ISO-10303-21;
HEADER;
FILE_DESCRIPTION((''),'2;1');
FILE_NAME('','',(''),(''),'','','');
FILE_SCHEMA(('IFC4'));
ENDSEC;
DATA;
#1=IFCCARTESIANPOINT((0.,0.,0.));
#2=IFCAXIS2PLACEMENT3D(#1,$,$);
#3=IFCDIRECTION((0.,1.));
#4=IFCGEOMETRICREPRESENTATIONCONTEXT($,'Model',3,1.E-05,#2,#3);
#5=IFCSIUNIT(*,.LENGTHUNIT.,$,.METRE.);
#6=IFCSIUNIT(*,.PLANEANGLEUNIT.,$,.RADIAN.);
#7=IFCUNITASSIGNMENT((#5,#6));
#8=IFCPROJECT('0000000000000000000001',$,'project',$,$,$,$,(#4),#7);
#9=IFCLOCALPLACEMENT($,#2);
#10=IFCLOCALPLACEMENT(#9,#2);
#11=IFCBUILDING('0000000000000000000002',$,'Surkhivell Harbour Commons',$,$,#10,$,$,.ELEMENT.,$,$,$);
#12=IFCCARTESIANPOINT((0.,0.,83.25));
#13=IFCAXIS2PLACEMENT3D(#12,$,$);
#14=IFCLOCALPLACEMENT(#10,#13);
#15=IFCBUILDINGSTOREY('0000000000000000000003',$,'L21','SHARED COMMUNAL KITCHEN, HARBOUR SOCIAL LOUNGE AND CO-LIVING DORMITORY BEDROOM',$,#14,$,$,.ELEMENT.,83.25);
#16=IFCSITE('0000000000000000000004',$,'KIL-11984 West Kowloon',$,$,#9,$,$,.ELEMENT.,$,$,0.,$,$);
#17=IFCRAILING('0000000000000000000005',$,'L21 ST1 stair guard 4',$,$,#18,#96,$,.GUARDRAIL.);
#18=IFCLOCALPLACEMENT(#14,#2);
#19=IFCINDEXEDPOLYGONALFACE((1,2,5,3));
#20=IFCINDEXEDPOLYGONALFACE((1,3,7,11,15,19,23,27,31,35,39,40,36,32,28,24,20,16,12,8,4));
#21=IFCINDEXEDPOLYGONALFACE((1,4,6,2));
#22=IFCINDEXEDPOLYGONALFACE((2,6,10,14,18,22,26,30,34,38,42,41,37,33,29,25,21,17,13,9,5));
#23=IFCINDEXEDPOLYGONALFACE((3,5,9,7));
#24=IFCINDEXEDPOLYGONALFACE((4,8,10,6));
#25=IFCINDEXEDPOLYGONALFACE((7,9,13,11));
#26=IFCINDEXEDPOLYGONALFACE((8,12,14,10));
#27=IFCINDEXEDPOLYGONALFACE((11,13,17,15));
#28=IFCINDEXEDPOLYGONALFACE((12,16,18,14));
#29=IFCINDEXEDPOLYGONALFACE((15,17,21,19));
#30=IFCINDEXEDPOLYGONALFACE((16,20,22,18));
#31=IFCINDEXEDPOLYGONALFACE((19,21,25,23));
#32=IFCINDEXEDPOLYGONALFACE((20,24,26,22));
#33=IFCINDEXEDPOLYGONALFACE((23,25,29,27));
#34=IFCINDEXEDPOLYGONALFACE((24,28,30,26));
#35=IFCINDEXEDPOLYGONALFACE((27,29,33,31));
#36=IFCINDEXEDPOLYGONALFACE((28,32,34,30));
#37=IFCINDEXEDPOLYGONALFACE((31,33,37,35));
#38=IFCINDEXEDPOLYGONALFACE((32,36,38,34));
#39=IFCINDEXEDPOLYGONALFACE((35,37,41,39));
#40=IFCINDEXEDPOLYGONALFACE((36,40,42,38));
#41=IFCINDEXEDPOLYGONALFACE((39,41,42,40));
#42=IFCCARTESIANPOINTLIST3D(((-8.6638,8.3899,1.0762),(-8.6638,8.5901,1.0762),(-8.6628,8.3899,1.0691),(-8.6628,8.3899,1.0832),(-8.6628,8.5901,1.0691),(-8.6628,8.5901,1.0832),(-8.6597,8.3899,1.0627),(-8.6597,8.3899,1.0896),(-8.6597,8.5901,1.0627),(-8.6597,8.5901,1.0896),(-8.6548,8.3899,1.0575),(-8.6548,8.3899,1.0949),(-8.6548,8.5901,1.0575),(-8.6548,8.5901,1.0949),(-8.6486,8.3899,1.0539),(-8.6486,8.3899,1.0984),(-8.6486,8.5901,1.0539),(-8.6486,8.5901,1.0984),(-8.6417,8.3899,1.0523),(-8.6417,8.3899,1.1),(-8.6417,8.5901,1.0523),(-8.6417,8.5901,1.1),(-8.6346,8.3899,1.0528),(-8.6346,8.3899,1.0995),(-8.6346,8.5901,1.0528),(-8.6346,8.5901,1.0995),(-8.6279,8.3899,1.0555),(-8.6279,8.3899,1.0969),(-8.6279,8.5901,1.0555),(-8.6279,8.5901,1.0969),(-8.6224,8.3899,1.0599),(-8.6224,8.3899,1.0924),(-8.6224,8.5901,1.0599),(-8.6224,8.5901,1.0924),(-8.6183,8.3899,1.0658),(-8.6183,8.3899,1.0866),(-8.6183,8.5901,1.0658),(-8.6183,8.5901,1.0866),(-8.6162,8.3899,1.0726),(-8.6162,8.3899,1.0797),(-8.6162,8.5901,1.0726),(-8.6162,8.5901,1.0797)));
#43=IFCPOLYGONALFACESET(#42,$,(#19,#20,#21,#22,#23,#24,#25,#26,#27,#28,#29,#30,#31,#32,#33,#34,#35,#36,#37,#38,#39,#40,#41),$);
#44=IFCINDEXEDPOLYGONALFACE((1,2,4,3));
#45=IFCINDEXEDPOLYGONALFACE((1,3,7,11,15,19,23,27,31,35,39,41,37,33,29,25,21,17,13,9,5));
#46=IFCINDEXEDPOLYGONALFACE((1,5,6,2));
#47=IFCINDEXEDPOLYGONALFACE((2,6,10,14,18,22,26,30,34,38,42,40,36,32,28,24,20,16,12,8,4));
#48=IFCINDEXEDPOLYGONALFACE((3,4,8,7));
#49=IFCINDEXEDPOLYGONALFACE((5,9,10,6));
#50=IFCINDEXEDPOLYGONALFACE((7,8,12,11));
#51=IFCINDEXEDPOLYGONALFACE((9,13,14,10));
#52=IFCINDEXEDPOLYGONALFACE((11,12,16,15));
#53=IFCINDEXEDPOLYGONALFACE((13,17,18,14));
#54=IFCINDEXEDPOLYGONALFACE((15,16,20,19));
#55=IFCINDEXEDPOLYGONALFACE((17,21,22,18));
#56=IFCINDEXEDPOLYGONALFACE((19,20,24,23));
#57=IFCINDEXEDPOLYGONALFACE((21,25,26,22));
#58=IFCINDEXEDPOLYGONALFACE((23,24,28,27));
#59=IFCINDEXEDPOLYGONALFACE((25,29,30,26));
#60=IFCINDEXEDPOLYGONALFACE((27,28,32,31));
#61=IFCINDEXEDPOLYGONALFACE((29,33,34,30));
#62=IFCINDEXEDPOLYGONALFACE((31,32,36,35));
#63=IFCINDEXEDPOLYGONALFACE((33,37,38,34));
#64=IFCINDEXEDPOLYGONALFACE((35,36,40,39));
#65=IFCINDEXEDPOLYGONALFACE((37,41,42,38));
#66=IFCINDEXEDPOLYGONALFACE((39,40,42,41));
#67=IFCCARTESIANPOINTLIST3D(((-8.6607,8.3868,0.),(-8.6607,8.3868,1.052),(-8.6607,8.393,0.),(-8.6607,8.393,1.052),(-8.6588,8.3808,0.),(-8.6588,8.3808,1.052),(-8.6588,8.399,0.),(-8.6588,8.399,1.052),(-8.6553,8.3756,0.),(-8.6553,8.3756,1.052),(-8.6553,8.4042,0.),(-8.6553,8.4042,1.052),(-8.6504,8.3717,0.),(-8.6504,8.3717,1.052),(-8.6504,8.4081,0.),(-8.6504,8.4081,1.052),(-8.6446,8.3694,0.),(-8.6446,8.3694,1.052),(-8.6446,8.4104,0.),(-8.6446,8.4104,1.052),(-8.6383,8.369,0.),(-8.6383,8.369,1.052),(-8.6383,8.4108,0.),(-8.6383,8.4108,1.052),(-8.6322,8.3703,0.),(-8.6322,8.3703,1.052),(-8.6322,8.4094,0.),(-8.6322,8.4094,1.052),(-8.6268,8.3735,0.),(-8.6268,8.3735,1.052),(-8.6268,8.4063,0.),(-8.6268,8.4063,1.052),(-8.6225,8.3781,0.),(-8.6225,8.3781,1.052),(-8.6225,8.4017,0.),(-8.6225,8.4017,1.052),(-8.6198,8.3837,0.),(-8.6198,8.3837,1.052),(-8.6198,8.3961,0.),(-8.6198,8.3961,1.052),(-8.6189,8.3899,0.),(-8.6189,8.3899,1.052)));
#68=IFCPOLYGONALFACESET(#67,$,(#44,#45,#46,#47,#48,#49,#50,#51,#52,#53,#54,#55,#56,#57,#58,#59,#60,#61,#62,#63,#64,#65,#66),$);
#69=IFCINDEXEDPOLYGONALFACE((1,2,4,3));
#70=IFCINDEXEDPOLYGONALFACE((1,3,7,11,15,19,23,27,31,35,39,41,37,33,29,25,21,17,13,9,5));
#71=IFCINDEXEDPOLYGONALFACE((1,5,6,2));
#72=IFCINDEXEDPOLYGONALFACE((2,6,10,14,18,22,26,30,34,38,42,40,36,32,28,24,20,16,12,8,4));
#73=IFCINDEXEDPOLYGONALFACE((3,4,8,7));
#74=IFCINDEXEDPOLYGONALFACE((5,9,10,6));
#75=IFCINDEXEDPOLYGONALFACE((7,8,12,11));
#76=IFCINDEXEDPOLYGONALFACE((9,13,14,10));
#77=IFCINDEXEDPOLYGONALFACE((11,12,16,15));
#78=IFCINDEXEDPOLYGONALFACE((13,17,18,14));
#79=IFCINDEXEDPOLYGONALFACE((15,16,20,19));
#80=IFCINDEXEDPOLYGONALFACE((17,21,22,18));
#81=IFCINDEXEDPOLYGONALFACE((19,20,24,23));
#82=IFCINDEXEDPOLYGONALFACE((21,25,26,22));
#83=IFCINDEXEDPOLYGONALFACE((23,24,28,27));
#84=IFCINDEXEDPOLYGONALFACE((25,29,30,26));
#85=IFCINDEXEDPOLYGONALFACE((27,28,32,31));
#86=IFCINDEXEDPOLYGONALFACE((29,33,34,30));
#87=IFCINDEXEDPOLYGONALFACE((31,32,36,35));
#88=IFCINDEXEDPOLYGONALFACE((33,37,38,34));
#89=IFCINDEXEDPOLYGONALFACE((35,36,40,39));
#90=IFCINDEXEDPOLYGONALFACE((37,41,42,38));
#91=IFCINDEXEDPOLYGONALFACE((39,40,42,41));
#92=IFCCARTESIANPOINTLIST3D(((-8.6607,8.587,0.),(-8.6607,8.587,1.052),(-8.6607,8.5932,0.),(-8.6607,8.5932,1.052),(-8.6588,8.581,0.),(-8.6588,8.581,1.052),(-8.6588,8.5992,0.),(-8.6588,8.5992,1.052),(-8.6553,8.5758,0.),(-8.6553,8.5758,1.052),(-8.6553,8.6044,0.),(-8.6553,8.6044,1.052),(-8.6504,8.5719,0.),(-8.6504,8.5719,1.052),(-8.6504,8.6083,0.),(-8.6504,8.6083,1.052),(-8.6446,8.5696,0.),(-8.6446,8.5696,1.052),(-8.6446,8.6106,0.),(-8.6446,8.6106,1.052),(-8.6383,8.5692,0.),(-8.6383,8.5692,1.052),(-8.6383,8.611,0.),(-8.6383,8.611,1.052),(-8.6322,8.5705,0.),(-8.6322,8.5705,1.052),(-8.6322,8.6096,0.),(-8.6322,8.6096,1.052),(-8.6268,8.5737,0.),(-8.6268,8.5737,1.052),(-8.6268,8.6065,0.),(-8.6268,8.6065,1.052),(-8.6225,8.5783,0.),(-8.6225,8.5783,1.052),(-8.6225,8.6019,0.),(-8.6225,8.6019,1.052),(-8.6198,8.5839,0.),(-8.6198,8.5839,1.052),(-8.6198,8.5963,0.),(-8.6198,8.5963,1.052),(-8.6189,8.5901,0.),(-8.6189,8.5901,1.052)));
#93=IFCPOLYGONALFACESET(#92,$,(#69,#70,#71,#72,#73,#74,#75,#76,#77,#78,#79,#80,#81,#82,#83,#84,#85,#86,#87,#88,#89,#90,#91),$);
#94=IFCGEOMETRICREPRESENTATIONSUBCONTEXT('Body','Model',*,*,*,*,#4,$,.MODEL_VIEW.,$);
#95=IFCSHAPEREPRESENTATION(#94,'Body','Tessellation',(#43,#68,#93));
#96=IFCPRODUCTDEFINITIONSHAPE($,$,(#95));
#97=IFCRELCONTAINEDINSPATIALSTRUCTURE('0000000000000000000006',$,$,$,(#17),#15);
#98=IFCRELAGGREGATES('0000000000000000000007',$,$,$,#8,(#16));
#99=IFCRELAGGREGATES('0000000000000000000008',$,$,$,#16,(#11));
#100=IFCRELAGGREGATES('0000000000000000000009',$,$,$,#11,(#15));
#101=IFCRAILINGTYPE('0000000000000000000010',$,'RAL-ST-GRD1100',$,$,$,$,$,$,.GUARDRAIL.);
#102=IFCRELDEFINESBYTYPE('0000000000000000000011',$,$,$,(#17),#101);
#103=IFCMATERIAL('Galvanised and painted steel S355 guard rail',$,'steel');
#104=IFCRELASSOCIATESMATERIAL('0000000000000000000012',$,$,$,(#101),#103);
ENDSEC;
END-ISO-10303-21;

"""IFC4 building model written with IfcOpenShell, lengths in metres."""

from ifc_helpers import new_model, si_unit, direction, frame, origin, origin_2d, place, context, subcontext, project, spatial, circle, extrude, material, type_object, element, save


model = new_model("IFC4")

# Units and contexts
model_context = context("Model", 3, precision=1e-05, world=origin(), true_north=direction((0.0, 1.0)))
body_context = subcontext(model_context, "Body", "Model", "MODEL_VIEW")
ifc_project = project(units=[si_unit("LENGTHUNIT", "METRE"), si_unit("PLANEANGLEUNIT", "RADIAN")], contexts=[model_context])

# Site, building, storey
site_placement = place(None, origin())
site = spatial("IfcSite", under=ifc_project, at=site_placement, Name="KIL-11984 West Kowloon", CompositionType="ELEMENT", RefElevation=0.0)
building_placement = place(site_placement, origin())
building = spatial("IfcBuilding", under=site, at=building_placement, Name="Surkhivell Harbour Commons", CompositionType="ELEMENT")
storey_placement = place(building_placement, frame((0.0, 0.0, 83.25)))
storey = spatial("IfcBuildingStorey", under=building, at=storey_placement, Name="L21", Description="SHARED COMMUNAL KITCHEN, HARBOUR SOCIAL LOUNGE AND CO-LIVING DORMITORY BEDROOM", CompositionType="ELEMENT", Elevation=83.25)

# Railing
ifc_material_1 = material(Name="Galvanised and painted steel S355 guard rail", Category="steel")
railing_type_1 = type_object("IfcRailingType", Name="RAL-ST-GRD1100", PredefinedType="GUARDRAIL", material=ifc_material_1)
railing_1_placement = place(storey_placement, frame((-8.6399, 8.3899, 0.0)))
element("IfcRailing", 1, at=railing_1_placement, inside=storey, type_object=railing_type_1, Name="L21 ST1 stair guard 4", PredefinedType="GUARDRAIL", context=body_context, shape_type="SweptSolid", body=[
    extrude(circle(Radius=0.0239, at=origin_2d()), frame((0.0, 0.0, 1.0762), z_axis=(0.0, 1.0, 0.0), x_axis=(-1.0, 0.0, 0.0)), (0.0, 0.0, 1.0), 0.2002),
    extrude(circle(Radius=0.021, at=origin_2d()), origin(), (0.0, 0.0, 1.0), 1.052),
    extrude(circle(Radius=0.021, at=origin_2d()), frame((0.0, 0.2002, 0.0)), (0.0, 0.0, 1.0), 1.052),
])

save(model, "model.ifc")
